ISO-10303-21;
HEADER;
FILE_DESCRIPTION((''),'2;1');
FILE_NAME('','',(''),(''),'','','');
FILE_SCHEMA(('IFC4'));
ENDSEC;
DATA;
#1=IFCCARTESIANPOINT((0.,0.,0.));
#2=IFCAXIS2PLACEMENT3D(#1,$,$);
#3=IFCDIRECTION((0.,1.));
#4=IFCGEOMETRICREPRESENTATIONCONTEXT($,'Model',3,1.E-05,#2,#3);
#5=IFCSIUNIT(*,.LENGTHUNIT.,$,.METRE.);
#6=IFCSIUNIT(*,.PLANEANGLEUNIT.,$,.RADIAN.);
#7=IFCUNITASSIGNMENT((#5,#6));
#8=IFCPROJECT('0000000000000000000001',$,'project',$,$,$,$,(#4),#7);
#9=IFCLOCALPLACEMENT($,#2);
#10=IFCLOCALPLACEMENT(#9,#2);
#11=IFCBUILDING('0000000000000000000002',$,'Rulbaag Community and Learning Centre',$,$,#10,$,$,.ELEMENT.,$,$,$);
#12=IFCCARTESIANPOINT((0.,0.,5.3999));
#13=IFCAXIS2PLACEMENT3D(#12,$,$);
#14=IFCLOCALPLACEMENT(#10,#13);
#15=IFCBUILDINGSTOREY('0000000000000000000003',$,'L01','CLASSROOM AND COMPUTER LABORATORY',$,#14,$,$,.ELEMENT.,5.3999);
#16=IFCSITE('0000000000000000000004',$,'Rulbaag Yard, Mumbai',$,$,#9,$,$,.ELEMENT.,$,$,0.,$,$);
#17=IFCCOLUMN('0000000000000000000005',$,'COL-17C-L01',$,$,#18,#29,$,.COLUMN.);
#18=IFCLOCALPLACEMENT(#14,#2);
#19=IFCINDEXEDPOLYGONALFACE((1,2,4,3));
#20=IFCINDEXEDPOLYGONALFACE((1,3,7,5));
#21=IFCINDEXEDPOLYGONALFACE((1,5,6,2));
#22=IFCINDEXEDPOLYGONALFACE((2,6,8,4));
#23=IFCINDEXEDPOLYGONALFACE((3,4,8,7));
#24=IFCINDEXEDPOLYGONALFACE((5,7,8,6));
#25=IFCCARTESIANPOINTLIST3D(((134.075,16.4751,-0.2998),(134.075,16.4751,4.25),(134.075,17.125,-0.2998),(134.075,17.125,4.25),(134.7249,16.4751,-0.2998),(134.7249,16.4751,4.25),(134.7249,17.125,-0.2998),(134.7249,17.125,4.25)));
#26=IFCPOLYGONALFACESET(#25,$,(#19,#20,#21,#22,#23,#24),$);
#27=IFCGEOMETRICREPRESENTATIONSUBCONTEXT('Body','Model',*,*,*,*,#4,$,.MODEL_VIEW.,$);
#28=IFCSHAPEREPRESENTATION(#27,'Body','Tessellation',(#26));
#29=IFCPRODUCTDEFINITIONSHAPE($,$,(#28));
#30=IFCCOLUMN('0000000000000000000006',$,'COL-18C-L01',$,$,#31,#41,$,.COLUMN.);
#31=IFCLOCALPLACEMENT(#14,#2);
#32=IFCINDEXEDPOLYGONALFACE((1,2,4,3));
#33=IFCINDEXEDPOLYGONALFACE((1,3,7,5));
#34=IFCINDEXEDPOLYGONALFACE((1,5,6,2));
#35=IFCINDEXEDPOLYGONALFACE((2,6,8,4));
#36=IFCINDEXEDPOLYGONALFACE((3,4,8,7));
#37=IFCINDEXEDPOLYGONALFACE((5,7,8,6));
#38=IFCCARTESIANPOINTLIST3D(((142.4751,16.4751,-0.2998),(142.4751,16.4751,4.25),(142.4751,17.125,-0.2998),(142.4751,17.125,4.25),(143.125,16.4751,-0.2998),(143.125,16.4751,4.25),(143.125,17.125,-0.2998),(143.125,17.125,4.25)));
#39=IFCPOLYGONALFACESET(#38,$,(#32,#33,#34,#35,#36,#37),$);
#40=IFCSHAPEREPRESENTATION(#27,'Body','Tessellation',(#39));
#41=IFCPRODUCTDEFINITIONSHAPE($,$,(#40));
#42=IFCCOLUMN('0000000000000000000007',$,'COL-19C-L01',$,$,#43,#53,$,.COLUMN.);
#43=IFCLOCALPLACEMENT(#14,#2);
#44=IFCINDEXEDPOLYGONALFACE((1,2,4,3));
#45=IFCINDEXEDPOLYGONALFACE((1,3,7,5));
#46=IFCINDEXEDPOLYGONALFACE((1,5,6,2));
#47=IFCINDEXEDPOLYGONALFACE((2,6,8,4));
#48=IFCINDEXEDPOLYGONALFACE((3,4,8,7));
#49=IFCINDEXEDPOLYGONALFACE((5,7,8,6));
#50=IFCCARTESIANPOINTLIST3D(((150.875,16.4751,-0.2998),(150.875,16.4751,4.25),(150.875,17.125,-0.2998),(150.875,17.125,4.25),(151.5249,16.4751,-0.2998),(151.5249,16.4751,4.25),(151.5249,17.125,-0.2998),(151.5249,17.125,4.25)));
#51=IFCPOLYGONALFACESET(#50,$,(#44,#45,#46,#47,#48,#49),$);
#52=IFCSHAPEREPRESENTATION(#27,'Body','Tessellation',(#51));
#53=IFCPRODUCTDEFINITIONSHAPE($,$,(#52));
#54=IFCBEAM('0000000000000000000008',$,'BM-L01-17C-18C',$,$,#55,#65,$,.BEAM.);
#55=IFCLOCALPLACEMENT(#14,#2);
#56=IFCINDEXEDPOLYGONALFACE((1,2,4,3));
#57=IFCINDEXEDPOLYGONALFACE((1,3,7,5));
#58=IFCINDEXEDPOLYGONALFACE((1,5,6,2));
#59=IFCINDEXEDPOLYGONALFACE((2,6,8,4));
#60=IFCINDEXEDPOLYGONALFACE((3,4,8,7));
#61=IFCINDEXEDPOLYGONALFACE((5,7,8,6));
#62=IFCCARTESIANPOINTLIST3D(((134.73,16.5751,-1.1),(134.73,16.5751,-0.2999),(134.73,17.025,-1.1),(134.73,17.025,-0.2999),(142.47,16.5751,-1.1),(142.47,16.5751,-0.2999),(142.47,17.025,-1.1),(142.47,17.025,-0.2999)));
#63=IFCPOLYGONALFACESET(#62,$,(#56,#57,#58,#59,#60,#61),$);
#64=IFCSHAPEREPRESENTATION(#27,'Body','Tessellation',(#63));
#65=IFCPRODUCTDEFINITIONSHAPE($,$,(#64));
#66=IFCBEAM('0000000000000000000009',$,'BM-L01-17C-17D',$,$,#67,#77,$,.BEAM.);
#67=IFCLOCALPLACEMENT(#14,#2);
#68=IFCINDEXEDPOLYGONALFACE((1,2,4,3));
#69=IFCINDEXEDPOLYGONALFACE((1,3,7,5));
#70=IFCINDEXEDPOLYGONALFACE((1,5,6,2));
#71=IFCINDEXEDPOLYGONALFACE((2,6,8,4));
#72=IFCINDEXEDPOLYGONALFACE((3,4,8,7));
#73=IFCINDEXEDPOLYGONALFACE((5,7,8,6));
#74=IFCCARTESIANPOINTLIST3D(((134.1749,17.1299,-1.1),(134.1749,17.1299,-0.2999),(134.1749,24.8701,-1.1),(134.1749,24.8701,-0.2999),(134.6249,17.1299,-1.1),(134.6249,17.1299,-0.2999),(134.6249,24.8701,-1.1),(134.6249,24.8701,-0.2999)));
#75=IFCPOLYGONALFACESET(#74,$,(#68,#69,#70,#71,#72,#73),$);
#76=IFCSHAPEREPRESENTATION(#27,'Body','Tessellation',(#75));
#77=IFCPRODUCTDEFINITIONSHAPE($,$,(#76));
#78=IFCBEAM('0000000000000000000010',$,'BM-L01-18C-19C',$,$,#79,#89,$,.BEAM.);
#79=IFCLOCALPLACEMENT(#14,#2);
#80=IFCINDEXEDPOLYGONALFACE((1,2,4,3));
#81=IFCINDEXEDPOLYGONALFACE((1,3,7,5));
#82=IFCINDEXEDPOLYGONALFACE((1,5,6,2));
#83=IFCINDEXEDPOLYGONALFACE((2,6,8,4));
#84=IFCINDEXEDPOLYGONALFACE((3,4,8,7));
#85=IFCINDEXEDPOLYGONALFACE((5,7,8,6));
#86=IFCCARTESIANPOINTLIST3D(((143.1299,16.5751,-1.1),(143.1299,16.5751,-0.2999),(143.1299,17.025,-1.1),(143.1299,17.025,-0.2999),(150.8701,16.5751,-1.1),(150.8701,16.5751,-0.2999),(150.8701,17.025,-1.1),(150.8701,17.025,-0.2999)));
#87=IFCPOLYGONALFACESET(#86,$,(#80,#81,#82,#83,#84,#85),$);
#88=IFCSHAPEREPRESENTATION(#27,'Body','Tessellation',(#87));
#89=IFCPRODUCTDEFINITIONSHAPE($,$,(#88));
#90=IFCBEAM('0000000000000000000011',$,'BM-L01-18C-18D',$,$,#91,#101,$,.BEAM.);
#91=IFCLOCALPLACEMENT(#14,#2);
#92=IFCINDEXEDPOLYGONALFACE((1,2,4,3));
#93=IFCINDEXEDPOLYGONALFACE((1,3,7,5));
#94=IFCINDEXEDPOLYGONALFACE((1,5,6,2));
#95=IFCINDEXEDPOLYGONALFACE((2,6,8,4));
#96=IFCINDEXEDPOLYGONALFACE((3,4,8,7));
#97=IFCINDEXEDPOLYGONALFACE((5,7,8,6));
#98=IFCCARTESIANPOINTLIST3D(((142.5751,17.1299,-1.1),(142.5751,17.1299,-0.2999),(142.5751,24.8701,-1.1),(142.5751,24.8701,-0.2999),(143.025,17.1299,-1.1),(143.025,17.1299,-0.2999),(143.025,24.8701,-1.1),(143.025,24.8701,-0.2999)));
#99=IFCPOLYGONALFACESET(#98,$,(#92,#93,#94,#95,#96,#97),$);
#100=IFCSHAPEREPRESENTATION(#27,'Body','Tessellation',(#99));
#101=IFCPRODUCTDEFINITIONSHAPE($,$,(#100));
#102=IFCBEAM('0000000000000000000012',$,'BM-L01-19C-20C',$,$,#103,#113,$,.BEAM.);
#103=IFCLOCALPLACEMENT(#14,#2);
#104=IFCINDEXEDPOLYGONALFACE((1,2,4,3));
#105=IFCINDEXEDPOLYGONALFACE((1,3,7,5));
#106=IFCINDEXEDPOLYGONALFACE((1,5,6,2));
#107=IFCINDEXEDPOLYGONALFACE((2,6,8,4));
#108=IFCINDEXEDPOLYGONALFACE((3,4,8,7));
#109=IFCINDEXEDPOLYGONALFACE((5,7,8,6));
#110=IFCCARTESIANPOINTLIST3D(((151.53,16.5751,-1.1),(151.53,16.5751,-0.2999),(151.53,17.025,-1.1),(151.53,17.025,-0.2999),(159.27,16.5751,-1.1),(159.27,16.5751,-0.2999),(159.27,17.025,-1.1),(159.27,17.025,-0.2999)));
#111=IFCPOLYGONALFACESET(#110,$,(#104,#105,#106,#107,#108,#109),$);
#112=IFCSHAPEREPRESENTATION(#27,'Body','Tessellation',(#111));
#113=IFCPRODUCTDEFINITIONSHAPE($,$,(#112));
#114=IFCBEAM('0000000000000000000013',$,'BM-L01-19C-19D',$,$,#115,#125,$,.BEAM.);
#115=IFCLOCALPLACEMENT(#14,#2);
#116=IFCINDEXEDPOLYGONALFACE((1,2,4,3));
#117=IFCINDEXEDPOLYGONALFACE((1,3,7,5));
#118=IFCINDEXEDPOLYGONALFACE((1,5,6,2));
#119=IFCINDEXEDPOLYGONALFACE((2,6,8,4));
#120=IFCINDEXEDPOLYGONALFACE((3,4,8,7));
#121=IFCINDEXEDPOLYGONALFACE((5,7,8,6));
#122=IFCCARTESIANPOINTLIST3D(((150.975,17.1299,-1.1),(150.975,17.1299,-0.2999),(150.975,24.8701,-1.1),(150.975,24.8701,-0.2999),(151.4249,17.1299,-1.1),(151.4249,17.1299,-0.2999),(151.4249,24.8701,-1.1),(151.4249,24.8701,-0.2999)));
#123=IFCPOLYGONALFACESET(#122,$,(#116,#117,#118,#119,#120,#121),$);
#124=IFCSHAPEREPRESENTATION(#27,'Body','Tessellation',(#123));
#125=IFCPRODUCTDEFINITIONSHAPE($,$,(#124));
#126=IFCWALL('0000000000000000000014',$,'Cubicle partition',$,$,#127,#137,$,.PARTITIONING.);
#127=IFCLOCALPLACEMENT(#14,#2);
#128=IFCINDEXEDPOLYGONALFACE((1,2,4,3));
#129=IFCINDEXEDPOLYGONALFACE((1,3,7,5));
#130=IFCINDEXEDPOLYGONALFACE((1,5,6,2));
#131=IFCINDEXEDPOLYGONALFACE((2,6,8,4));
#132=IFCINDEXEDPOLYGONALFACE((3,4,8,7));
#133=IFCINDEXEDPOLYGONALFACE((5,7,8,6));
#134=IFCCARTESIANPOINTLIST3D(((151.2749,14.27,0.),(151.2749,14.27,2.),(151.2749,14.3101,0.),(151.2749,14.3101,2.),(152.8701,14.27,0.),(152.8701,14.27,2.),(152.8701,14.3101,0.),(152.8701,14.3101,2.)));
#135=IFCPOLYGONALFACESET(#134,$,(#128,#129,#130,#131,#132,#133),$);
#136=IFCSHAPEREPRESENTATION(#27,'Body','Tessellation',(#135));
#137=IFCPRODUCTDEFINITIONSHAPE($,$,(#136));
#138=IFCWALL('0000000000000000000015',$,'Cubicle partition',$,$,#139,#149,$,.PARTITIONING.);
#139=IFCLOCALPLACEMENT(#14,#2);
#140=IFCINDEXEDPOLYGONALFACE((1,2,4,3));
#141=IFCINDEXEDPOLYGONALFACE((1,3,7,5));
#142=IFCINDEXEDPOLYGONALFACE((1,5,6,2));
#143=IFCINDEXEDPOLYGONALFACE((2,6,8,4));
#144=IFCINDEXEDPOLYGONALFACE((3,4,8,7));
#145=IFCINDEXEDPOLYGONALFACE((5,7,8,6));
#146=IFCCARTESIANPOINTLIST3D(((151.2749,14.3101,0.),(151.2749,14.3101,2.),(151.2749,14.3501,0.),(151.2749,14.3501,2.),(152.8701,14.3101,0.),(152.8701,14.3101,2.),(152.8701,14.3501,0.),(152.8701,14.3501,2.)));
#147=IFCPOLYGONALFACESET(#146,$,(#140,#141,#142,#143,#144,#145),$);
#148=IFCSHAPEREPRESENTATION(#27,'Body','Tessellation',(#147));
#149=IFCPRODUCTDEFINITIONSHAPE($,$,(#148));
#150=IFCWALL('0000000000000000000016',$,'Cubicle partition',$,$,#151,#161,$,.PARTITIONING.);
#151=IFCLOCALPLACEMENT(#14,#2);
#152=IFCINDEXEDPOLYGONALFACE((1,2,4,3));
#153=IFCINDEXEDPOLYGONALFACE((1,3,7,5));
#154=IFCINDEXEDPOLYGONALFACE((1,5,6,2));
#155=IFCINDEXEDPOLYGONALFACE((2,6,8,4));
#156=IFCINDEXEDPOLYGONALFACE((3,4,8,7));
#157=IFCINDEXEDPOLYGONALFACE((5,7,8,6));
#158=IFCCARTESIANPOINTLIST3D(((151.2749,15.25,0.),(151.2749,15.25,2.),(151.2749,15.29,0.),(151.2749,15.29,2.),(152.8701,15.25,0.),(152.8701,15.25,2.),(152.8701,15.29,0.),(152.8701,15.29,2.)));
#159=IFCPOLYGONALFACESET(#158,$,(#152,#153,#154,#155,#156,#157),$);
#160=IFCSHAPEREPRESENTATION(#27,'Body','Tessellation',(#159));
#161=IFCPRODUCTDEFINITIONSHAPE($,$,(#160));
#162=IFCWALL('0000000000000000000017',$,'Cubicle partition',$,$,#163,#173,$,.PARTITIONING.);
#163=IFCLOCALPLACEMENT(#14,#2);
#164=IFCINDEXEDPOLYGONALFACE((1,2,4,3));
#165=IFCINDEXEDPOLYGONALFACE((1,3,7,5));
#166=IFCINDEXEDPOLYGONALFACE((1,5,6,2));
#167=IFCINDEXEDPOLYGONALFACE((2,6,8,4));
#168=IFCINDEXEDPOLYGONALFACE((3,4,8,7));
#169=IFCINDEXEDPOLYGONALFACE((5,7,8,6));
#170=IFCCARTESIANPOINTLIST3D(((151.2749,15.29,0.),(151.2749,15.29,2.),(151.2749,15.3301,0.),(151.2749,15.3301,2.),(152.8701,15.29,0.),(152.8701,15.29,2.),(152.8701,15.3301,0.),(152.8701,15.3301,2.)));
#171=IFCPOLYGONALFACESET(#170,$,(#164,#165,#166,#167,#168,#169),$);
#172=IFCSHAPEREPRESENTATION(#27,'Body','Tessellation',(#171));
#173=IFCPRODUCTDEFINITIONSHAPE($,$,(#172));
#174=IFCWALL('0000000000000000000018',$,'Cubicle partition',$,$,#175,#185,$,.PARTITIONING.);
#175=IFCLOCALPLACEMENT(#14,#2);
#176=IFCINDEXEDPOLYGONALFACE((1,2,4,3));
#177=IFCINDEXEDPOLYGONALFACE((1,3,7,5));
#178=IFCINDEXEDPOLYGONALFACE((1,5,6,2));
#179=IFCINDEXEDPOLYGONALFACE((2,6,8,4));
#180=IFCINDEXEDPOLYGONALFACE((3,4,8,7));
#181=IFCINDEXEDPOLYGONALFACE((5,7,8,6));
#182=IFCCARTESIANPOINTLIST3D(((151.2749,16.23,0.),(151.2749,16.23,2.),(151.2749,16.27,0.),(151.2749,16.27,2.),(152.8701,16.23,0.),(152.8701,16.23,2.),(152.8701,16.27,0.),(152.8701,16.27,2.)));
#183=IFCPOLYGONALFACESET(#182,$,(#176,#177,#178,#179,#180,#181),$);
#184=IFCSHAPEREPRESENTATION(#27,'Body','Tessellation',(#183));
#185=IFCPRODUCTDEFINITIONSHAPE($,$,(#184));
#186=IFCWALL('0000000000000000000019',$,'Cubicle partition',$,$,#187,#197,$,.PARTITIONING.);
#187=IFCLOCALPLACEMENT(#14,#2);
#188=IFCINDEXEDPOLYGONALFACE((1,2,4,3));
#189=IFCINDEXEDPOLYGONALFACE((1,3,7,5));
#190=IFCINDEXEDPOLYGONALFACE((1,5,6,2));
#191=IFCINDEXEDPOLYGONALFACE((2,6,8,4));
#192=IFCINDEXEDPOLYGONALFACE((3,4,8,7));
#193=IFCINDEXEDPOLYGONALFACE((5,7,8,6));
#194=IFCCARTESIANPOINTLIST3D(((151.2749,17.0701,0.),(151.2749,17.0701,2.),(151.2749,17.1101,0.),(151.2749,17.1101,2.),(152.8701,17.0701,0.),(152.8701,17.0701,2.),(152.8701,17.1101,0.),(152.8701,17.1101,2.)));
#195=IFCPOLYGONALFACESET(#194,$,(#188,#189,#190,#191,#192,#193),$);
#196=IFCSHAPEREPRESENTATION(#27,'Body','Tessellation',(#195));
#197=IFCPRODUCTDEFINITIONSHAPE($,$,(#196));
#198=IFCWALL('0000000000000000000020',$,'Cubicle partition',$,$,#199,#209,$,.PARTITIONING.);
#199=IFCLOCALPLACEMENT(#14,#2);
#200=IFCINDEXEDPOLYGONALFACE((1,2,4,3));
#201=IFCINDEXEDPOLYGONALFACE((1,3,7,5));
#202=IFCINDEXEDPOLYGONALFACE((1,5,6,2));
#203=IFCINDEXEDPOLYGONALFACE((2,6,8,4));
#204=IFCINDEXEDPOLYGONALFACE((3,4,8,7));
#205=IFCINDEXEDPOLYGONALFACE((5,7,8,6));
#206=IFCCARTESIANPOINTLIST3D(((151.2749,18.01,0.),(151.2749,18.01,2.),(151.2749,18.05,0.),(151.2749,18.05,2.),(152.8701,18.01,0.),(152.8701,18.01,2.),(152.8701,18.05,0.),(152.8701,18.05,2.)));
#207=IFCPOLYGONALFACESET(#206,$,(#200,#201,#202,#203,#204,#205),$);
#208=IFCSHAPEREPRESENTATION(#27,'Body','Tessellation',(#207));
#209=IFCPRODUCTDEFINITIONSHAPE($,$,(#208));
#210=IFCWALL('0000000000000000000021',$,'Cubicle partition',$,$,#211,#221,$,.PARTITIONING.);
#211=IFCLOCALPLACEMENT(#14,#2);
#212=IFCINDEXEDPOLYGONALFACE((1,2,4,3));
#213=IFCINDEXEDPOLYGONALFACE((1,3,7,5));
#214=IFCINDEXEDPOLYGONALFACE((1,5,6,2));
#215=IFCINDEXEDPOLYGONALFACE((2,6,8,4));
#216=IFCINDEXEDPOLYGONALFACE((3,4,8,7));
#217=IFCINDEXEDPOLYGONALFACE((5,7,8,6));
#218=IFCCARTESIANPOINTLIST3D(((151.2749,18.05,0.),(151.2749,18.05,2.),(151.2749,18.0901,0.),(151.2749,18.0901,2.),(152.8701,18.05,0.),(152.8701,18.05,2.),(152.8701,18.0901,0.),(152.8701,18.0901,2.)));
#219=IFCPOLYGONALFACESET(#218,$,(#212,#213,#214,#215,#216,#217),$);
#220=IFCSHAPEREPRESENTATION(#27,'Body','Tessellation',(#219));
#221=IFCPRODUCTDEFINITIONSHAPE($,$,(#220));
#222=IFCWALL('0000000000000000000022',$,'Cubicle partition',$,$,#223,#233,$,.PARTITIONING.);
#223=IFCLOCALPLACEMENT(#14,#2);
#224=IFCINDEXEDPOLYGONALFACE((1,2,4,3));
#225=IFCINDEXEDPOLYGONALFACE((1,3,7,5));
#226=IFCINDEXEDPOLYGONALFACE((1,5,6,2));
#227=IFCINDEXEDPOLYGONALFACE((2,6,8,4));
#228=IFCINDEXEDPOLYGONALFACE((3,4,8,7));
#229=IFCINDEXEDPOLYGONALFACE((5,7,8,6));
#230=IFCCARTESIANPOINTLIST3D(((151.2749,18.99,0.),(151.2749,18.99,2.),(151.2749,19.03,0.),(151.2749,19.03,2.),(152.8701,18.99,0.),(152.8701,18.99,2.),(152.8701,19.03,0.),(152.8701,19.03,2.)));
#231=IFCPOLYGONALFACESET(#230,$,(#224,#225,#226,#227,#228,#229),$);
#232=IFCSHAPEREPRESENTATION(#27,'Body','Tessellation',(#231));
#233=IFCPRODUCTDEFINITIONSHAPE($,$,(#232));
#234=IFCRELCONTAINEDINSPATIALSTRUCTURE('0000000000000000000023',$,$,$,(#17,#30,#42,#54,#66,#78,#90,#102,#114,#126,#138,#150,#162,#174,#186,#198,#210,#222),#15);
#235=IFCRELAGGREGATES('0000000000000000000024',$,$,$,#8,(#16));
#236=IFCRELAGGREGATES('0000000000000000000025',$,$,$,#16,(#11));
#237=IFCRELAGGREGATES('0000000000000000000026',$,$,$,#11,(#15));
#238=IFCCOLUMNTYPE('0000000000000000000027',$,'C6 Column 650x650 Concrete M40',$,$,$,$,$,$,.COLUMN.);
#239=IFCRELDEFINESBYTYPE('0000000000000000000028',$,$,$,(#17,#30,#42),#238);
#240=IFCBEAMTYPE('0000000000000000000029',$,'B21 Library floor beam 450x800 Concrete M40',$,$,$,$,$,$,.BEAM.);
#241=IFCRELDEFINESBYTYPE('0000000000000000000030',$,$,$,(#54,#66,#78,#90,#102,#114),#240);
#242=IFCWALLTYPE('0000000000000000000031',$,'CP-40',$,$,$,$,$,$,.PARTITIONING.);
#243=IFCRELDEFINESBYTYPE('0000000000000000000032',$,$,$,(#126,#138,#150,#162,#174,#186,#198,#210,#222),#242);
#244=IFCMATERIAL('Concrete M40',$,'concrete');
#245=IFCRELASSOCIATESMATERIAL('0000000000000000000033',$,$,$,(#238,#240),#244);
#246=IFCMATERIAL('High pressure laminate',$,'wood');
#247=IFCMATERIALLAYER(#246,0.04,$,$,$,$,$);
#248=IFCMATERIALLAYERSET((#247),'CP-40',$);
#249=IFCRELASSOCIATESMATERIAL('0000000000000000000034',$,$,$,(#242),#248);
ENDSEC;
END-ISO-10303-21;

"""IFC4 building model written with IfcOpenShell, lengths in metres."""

from ifc_helpers import new_model, si_unit, direction, frame, frame_2d, origin, origin_2d, place, context, subcontext, project, spatial, rectangle, extrude, material, layer, layer_set, material_profile, profile_set, type_object, element, save


model = new_model("IFC4")

# Units and contexts
model_context = context("Model", 3, precision=1e-05, world=origin(), true_north=direction((0.0, 1.0)))
body_context = subcontext(model_context, "Body", "Model", "MODEL_VIEW")
ifc_project = project(units=[si_unit("LENGTHUNIT", "METRE"), si_unit("PLANEANGLEUNIT", "RADIAN")], contexts=[model_context])

# Site, building, storey
site_placement = place(None, origin())
site = spatial("IfcSite", under=ifc_project, at=site_placement, Name="Rulbaag Yard, Mumbai", CompositionType="ELEMENT", RefElevation=0.0)
building_placement = place(site_placement, origin())
building = spatial("IfcBuilding", under=site, at=building_placement, Name="Rulbaag Community and Learning Centre", CompositionType="ELEMENT")
storey_placement = place(building_placement, frame((0.0, 0.0, 5.3999)))
storey = spatial("IfcBuildingStorey", under=building, at=storey_placement, Name="L01", Description="CLASSROOM AND COMPUTER LABORATORY", CompositionType="ELEMENT", Elevation=5.3999)

# Columns
ifc_material_1 = material(Name="Concrete M40", Category="concrete")
ifc_material_profile_1 = material_profile(ifc_material_1, rectangle(XDim=0.6499, YDim=0.6499, at=origin_2d()), Name="RC650x650")
ifc_profile_set_1 = profile_set([ifc_material_profile_1], Name="Concrete M40")
column_type = type_object("IfcColumnType", Name="C6 Column 650x650 Concrete M40", PredefinedType="COLUMN", material=ifc_profile_set_1)
for number, where, z_axis, x_axis, name in (
    (1, (134.3999, 16.8, -0.2998), (0.0, 0.0, 1.0), (1.0, 0.0, 0.0), "COL-17C-L01"),
    (2, (142.8, 16.8, -0.2998), (0.0, 0.0, 1.0), (1.0, 0.0, 0.0), "COL-18C-L01"),
    (3, (151.2, 16.8, -0.2998), (0.0, 0.0, 1.0), (1.0, 0.0, 0.0), "COL-19C-L01"),
):
    element("IfcColumn", number, at=place(storey_placement, frame(where, z_axis=z_axis, x_axis=x_axis)), inside=storey, type_object=column_type, Name=name, PredefinedType="COLUMN", context=body_context, shape_type="SweptSolid", body=[
        extrude(rectangle(XDim=0.6499, YDim=0.6499, at=origin_2d()), origin(), (0.0, 0.0, 1.0), 4.5498),
    ])

# Beams
ifc_material_profile_2 = material_profile(ifc_material_1, rectangle(XDim=0.45, YDim=0.8, at=origin_2d()), Name="RB450x800")
ifc_profile_set_2 = profile_set([ifc_material_profile_2], Name="Concrete M40")
beam_type = type_object("IfcBeamType", Name="B21 Library floor beam 450x800 Concrete M40", PredefinedType="BEAM", material=ifc_profile_set_2)
beam_1_placement = place(storey_placement, frame((134.73, 16.8, -0.7), z_axis=(1.0, 0.0, 0.0), x_axis=(0.0, 1.0, 0.0)))
element("IfcBeam", 4, at=beam_1_placement, inside=storey, type_object=beam_type, Name="BM-L01-17C-18C", PredefinedType="BEAM", context=body_context, shape_type="SweptSolid", body=[
    extrude(rectangle(XDim=0.45, YDim=0.8, at=origin_2d()), origin(), (0.0, 0.0, 1.0), 7.74),
])
for number, where, z_axis, x_axis, name in (
    (5, (134.3999, 17.1299, -0.7), (0.0, 1.0, 0.0), (-1.0, 0.0, 0.0), "BM-L01-17C-17D"),
    (6, (143.1299, 16.8, -0.7), (1.0, 0.0, 0.0), (0.0, 1.0, 0.0), "BM-L01-18C-19C"),
    (7, (142.8, 17.1299, -0.7), (0.0, 1.0, 0.0), (-1.0, 0.0, 0.0), "BM-L01-18C-18D"),
):
    element("IfcBeam", number, at=place(storey_placement, frame(where, z_axis=z_axis, x_axis=x_axis)), inside=storey, type_object=beam_type, Name=name, PredefinedType="BEAM", context=body_context, shape_type="SweptSolid", body=[
        extrude(rectangle(XDim=0.45, YDim=0.8, at=origin_2d()), origin(), (0.0, 0.0, 1.0), 7.7402),
    ])
beam_2_placement = place(storey_placement, frame((151.53, 16.8, -0.7), z_axis=(1.0, 0.0, 0.0), x_axis=(0.0, 1.0, 0.0)))
element("IfcBeam", 8, at=beam_2_placement, inside=storey, type_object=beam_type, Name="BM-L01-19C-20C", PredefinedType="BEAM", context=body_context, shape_type="SweptSolid", body=[
    extrude(rectangle(XDim=0.45, YDim=0.8, at=origin_2d()), origin(), (0.0, 0.0, 1.0), 7.74),
])
beam_3_placement = place(storey_placement, frame((151.2, 17.1299, -0.7), z_axis=(0.0, 1.0, 0.0), x_axis=(-1.0, 0.0, 0.0)))
element("IfcBeam", 9, at=beam_3_placement, inside=storey, type_object=beam_type, Name="BM-L01-19C-19D", PredefinedType="BEAM", context=body_context, shape_type="SweptSolid", body=[
    extrude(rectangle(XDim=0.45, YDim=0.8, at=origin_2d()), origin(), (0.0, 0.0, 1.0), 7.7402),
])

# Walls
ifc_material_2 = material(Name="High pressure laminate", Category="wood")
ifc_layer = layer(ifc_material_2, 0.04)
ifc_layer_set = layer_set([ifc_layer], Name="CP-40")
wall_type = type_object("IfcWallType", Name="CP-40", PredefinedType="PARTITIONING", material=ifc_layer_set)
for number, where, z_axis, x_axis, name in (
    (10, (151.2749, 14.29, 0.0), (0.0, 0.0, 1.0), (1.0, 0.0, 0.0), "Cubicle partition"),
    (11, (151.2749, 14.3301, 0.0), (0.0, 0.0, 1.0), (1.0, 0.0, 0.0), "Cubicle partition"),
    (12, (151.2749, 15.27, 0.0), (0.0, 0.0, 1.0), (1.0, 0.0, 0.0), "Cubicle partition"),
    (13, (151.2749, 15.3101, 0.0), (0.0, 0.0, 1.0), (1.0, 0.0, 0.0), "Cubicle partition"),
    (14, (151.2749, 16.25, 0.0), (0.0, 0.0, 1.0), (1.0, 0.0, 0.0), "Cubicle partition"),
    (15, (151.2749, 17.0901, 0.0), (0.0, 0.0, 1.0), (1.0, 0.0, 0.0), "Cubicle partition"),
    (16, (151.2749, 18.03, 0.0), (0.0, 0.0, 1.0), (1.0, 0.0, 0.0), "Cubicle partition"),
    (17, (151.2749, 18.0701, 0.0), (0.0, 0.0, 1.0), (1.0, 0.0, 0.0), "Cubicle partition"),
    (18, (151.2749, 19.01, 0.0), (0.0, 0.0, 1.0), (1.0, 0.0, 0.0), "Cubicle partition"),
):
    element("IfcWall", number, at=place(storey_placement, frame(where, z_axis=z_axis, x_axis=x_axis)), inside=storey, type_object=wall_type, Name=name, PredefinedType="PARTITIONING", context=body_context, shape_type="SweptSolid", body=[
        extrude(rectangle(XDim=1.5952, YDim=0.04, at=frame_2d((0.7976, 0.0))), origin(), (0.0, 0.0, 1.0), 2.0),
    ])

save(model, "model.ifc")
